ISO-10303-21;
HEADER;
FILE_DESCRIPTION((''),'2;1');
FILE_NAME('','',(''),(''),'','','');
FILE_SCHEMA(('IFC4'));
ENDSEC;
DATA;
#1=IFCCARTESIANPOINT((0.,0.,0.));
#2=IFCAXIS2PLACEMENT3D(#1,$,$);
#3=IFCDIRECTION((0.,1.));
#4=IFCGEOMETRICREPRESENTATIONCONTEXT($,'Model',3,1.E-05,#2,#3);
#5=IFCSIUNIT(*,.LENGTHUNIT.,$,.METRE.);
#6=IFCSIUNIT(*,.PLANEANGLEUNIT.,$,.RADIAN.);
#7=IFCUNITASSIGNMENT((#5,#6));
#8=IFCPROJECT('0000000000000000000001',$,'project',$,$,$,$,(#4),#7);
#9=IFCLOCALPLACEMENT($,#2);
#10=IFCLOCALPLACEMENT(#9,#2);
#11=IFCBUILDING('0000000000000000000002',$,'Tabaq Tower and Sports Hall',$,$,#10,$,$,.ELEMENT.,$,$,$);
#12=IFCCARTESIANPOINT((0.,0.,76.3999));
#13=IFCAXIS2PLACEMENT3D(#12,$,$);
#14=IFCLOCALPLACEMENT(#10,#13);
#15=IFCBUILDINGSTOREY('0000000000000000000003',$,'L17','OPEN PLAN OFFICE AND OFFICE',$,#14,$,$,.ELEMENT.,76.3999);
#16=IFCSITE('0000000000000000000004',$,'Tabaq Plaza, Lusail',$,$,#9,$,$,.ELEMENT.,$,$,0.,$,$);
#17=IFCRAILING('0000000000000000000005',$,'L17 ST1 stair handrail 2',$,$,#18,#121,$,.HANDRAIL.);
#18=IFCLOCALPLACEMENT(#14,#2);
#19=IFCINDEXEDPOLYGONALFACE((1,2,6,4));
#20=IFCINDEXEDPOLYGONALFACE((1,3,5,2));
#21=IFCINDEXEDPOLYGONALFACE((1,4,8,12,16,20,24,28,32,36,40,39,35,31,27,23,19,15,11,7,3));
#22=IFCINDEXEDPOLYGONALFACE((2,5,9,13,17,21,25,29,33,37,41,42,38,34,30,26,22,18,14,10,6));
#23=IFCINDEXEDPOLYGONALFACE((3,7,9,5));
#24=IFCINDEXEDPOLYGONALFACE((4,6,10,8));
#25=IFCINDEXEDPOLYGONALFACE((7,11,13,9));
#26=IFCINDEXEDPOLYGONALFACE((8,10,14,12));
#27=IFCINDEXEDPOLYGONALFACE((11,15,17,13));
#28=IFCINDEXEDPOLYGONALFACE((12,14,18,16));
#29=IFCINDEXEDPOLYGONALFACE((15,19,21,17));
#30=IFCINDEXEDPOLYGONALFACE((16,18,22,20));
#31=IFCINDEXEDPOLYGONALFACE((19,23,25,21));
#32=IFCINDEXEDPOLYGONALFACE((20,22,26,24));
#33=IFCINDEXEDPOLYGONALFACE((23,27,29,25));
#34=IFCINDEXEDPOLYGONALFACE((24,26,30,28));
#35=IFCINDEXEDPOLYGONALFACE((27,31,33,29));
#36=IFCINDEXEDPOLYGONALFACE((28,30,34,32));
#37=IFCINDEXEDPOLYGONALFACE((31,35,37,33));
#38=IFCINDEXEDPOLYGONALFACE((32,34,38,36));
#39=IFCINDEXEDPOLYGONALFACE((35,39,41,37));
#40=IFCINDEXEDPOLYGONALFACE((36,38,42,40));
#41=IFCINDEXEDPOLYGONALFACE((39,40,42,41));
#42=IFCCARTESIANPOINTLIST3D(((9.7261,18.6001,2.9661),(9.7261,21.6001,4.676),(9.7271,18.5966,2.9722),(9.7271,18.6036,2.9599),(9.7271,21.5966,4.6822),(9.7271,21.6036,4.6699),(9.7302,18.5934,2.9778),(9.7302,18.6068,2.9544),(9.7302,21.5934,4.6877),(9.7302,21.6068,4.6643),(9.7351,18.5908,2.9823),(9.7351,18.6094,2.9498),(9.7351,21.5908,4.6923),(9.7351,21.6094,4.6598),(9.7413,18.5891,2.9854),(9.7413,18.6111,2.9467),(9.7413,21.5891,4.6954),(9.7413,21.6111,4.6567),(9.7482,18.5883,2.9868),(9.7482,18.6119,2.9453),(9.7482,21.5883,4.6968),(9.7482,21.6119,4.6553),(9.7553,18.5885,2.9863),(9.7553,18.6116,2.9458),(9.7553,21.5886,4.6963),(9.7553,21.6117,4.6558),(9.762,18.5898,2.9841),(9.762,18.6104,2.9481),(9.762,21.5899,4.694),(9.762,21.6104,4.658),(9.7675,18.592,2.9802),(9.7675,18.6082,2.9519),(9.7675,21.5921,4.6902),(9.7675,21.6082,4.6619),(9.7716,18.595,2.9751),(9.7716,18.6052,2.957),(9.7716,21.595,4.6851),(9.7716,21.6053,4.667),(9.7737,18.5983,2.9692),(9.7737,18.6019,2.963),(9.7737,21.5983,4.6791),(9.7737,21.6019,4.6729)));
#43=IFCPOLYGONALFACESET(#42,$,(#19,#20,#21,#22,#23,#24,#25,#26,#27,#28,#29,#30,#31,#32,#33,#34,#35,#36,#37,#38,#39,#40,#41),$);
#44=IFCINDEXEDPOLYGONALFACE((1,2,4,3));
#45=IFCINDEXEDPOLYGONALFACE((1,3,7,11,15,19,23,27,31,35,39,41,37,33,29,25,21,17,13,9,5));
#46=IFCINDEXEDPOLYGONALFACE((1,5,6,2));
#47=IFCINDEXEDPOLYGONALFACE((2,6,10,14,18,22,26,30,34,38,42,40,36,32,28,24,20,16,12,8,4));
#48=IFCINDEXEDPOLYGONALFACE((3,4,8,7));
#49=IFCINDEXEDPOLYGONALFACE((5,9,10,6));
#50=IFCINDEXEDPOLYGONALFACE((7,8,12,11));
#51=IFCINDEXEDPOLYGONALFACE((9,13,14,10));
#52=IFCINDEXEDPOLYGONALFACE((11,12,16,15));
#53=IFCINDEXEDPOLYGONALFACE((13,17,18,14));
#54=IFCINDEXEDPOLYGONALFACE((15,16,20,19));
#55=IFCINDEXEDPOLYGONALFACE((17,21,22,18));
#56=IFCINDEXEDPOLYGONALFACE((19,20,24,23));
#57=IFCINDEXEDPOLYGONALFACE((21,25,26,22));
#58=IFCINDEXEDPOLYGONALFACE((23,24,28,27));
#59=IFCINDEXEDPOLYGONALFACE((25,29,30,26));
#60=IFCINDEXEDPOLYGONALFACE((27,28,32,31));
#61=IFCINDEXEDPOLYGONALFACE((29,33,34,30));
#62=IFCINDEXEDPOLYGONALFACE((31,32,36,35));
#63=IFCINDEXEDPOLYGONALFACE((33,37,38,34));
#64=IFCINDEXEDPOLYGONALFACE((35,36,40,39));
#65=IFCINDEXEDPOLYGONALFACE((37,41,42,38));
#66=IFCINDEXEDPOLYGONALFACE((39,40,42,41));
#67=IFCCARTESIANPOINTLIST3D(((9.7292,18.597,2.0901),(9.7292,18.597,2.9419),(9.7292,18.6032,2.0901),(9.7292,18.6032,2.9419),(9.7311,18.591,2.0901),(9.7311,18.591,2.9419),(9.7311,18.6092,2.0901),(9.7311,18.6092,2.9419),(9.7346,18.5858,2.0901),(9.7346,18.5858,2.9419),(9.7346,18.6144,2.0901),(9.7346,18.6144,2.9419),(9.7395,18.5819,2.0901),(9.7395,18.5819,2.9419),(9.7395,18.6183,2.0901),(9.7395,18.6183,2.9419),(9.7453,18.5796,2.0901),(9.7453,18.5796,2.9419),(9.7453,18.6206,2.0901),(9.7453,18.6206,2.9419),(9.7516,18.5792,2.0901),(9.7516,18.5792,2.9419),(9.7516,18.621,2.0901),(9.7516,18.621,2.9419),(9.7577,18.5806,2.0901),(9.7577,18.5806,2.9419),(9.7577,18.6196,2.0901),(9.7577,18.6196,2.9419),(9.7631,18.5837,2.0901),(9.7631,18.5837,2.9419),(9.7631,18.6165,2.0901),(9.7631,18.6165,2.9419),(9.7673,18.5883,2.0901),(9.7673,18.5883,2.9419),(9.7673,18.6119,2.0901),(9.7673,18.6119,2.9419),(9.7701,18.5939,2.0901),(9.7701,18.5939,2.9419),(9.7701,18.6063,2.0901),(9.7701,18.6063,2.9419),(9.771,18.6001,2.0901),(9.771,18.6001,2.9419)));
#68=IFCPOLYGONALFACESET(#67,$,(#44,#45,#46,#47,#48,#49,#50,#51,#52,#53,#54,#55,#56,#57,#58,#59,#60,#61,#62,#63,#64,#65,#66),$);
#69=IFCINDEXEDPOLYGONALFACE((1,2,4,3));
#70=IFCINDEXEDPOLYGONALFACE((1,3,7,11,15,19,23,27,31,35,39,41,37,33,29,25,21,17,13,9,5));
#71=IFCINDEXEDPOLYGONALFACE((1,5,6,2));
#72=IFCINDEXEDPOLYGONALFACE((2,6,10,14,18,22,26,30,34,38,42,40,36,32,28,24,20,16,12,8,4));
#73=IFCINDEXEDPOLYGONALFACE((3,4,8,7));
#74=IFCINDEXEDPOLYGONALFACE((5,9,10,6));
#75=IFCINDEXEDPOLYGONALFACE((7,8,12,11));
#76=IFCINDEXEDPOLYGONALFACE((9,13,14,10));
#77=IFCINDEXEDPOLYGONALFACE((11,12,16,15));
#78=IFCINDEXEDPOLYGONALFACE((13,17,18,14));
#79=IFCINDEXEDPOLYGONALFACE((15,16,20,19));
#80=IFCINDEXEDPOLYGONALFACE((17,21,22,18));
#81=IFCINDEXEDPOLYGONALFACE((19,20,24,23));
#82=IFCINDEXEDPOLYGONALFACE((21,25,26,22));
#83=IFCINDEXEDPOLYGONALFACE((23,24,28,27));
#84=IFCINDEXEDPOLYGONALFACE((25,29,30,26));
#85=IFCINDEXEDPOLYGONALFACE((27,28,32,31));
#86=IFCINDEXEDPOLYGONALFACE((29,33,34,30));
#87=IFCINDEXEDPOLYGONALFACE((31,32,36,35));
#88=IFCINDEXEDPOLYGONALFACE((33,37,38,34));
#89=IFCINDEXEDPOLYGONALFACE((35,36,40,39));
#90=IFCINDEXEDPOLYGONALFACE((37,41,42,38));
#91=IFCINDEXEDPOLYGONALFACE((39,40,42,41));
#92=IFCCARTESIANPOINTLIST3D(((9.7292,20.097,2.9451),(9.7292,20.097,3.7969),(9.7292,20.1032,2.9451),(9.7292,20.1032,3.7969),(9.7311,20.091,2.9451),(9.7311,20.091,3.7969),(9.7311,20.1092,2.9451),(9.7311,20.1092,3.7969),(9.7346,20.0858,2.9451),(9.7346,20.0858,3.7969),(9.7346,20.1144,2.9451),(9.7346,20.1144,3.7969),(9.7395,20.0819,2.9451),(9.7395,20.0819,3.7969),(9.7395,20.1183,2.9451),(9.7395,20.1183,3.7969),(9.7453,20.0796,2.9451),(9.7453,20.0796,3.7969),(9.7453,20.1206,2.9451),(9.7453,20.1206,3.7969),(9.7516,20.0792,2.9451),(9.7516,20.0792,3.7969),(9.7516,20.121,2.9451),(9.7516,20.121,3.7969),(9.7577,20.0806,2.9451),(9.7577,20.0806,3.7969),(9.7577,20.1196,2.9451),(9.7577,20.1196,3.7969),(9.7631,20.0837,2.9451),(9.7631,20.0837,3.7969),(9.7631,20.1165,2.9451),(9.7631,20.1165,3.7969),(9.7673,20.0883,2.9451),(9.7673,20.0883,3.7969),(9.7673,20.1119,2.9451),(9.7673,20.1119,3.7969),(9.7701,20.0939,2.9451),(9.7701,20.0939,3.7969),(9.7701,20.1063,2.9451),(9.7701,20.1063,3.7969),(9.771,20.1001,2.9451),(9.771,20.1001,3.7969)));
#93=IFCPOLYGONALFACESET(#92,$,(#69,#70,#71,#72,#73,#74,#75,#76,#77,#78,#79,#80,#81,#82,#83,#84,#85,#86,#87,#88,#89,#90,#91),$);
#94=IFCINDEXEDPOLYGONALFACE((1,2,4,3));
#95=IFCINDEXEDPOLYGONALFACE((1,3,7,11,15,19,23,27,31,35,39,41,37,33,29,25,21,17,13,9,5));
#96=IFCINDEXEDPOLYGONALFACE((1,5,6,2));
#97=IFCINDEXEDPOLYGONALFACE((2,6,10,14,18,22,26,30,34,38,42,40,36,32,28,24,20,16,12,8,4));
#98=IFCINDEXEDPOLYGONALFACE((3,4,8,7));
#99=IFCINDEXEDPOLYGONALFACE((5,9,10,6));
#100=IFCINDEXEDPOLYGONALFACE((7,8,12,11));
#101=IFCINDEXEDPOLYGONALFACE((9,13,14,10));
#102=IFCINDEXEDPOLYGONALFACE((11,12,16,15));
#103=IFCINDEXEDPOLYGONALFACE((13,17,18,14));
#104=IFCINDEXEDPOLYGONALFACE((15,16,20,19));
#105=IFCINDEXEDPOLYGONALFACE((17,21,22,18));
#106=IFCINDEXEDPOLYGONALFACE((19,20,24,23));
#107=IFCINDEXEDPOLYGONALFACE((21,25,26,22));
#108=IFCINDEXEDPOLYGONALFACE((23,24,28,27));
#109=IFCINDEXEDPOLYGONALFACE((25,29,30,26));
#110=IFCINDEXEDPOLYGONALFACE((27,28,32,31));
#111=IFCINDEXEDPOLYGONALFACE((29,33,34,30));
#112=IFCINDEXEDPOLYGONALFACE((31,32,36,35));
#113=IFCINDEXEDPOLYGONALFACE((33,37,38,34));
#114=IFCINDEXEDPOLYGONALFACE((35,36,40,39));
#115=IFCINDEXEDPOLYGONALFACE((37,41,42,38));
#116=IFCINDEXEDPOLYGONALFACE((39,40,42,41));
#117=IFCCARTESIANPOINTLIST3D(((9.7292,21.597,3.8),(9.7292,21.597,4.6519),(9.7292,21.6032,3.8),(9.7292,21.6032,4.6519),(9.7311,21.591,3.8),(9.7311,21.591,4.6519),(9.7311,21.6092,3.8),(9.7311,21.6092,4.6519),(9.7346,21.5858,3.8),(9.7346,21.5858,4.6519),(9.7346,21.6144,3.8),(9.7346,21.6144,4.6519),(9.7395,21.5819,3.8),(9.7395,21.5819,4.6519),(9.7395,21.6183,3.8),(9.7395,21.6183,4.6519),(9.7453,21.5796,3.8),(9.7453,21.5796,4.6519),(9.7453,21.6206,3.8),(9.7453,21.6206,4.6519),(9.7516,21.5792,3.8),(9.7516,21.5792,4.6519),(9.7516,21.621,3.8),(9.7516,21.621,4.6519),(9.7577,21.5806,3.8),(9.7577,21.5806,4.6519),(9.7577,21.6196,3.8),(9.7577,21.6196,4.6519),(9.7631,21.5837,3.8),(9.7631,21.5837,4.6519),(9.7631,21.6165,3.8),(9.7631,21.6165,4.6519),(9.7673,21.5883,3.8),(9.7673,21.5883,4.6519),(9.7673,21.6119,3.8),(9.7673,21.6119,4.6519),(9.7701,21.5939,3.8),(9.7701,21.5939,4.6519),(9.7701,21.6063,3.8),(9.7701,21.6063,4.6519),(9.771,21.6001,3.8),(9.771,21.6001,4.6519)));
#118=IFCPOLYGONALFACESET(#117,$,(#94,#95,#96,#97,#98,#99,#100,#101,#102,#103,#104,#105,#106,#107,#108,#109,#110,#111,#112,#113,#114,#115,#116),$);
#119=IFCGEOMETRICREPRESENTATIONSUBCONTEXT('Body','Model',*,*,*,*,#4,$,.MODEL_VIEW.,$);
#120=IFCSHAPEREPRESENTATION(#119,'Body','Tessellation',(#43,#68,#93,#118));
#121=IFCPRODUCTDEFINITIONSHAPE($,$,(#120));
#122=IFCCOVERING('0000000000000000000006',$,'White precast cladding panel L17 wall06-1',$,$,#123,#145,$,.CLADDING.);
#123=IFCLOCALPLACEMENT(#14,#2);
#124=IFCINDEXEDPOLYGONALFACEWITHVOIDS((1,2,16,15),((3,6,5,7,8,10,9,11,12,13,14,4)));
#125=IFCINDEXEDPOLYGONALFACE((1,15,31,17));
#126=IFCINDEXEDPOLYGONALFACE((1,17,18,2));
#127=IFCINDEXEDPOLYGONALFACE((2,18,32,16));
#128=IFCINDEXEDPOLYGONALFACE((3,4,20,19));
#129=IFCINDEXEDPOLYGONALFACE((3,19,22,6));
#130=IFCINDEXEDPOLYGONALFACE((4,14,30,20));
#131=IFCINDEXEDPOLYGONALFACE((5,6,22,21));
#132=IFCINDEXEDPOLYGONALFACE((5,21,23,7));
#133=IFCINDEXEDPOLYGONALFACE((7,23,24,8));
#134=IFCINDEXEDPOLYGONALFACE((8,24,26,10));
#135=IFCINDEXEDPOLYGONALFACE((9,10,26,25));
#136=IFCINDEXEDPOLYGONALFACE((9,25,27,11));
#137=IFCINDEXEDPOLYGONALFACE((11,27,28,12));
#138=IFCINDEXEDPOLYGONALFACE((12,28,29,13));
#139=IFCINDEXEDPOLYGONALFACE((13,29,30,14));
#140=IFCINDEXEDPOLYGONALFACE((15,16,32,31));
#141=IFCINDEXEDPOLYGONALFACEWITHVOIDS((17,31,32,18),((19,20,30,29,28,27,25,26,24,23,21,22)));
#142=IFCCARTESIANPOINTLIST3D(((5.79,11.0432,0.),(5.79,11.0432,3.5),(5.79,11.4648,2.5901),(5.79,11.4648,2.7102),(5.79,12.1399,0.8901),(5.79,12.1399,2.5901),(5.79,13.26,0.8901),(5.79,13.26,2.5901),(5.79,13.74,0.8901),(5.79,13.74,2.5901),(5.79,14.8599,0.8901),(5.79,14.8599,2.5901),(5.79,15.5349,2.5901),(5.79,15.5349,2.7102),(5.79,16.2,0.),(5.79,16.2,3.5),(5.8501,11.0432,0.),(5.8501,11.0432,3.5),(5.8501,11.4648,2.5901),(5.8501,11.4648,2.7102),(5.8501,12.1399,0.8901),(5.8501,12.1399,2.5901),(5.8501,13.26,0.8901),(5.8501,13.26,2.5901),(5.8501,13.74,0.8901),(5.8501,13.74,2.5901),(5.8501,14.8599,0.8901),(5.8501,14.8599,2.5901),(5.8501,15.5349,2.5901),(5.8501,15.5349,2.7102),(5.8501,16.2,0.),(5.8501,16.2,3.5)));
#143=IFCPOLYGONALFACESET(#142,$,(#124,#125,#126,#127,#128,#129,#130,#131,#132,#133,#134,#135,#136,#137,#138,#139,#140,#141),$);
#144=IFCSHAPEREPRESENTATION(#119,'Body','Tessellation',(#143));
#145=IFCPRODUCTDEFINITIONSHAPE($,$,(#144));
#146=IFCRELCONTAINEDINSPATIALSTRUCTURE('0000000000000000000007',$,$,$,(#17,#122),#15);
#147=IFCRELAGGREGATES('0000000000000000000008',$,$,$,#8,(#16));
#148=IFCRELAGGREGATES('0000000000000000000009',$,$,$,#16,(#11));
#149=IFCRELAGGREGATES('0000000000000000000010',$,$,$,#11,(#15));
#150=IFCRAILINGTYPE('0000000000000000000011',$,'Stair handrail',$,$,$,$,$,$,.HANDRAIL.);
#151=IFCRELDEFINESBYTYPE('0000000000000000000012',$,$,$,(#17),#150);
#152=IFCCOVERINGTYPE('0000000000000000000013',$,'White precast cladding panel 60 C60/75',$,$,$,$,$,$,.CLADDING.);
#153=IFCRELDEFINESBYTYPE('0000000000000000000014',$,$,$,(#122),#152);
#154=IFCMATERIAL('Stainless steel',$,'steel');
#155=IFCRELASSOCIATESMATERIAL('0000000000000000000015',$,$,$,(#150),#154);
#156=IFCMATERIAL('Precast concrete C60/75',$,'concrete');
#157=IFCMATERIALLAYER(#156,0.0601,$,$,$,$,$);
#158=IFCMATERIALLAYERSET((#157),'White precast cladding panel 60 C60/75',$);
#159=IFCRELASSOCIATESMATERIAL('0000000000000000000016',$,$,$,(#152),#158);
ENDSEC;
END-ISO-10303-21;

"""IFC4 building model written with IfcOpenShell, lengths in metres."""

from ifc_helpers import new_model, si_unit, direction, frame, origin, origin_2d, place, context, subcontext, project, spatial, polyline, circle, outline, extrude, material, layer, layer_set, type_object, element, save


model = new_model("IFC4")

# Units and contexts
model_context = context("Model", 3, precision=1e-05, world=origin(), true_north=direction((0.0, 1.0)))
body_context = subcontext(model_context, "Body", "Model", "MODEL_VIEW")
ifc_project = project(units=[si_unit("LENGTHUNIT", "METRE"), si_unit("PLANEANGLEUNIT", "RADIAN")], contexts=[model_context])

# Site, building, storey
site_placement = place(None, origin())
site = spatial("IfcSite", under=ifc_project, at=site_placement, Name="Tabaq Plaza, Lusail", CompositionType="ELEMENT", RefElevation=0.0)
building_placement = place(site_placement, origin())
building = spatial("IfcBuilding", under=site, at=building_placement, Name="Tabaq Tower and Sports Hall", CompositionType="ELEMENT")
storey_placement = place(building_placement, frame((0.0, 0.0, 76.3999)))
storey = spatial("IfcBuildingStorey", under=building, at=storey_placement, Name="L17", Description="OPEN PLAN OFFICE AND OFFICE", CompositionType="ELEMENT", Elevation=76.3999)

# Railing
ifc_material_1 = material(Name="Stainless steel", Category="steel")
railing_type = type_object("IfcRailingType", Name="Stair handrail", PredefinedType="HANDRAIL", material=ifc_material_1)
railing_placement = place(storey_placement, frame((9.75, 18.6001, 2.0901)))
element("IfcRailing", 1, at=railing_placement, inside=storey, type_object=railing_type, Name="L17 ST1 stair handrail 2", PredefinedType="HANDRAIL", context=body_context, shape_type="SweptSolid", body=[
    extrude(circle(Radius=0.0239, at=origin_2d()), frame((0.0, 0.0, 0.876), z_axis=(0.0, 0.868782, 0.495195), x_axis=(-1.0, 0.0, 0.0)), (0.0, 0.0, 1.0), 3.4531),
    extrude(circle(Radius=0.021, at=origin_2d()), origin(), (0.0, 0.0, 1.0), 0.8518),
    extrude(circle(Radius=0.021, at=origin_2d()), frame((0.0, 1.5, 0.855)), (0.0, 0.0, 1.0), 0.8518),
    extrude(circle(Radius=0.021, at=origin_2d()), frame((0.0, 3.0, 1.71)), (0.0, 0.0, 1.0), 0.8518),
])

# Covering
ifc_material_2 = material(Name="Precast concrete C60/75", Category="concrete")
ifc_layer_1 = layer(ifc_material_2, 0.0601)
ifc_layer_set_1 = layer_set([ifc_layer_1], Name="White precast cladding panel 60 C60/75")
covering_type = type_object("IfcCoveringType", Name="White precast cladding panel 60 C60/75", PredefinedType="CLADDING", material=ifc_layer_set_1)
covering_placement = place(storey_placement, frame((5.8201, 16.2, 0.0), z_axis=(0.0, 0.0, 1.0), x_axis=(0.0, -1.0, 0.0)))
element("IfcCovering", 2, at=covering_placement, inside=storey, type_object=covering_type, Name="White precast cladding panel L17 wall06-1", PredefinedType="CLADDING", context=body_context, shape_type="SweptSolid", body=[
    extrude(outline(polyline([(0.0, 0.0), (5.1567, 0.0), (5.1567, 3.5), (0.0, 3.5), (0.0, 0.0)]), holes=[polyline([(1.3401, 2.5901), (0.665, 2.5901), (0.665, 2.7102), (4.7351, 2.7102), (4.7351, 2.5901), (4.0601, 2.5901), (4.0601, 0.8901), (2.9399, 0.8901), (2.9399, 2.5901), (2.46, 2.5901), (2.46, 0.8901), (1.3401, 0.8901), (1.3401, 2.5901)])]), frame((0.0, 0.03, 0.0), z_axis=(0.0, -1.0, 0.0), x_axis=(1.0, 0.0, 0.0)), (0.0, 0.0, 1.0), 0.0601),
])

save(model, "model.ifc")
